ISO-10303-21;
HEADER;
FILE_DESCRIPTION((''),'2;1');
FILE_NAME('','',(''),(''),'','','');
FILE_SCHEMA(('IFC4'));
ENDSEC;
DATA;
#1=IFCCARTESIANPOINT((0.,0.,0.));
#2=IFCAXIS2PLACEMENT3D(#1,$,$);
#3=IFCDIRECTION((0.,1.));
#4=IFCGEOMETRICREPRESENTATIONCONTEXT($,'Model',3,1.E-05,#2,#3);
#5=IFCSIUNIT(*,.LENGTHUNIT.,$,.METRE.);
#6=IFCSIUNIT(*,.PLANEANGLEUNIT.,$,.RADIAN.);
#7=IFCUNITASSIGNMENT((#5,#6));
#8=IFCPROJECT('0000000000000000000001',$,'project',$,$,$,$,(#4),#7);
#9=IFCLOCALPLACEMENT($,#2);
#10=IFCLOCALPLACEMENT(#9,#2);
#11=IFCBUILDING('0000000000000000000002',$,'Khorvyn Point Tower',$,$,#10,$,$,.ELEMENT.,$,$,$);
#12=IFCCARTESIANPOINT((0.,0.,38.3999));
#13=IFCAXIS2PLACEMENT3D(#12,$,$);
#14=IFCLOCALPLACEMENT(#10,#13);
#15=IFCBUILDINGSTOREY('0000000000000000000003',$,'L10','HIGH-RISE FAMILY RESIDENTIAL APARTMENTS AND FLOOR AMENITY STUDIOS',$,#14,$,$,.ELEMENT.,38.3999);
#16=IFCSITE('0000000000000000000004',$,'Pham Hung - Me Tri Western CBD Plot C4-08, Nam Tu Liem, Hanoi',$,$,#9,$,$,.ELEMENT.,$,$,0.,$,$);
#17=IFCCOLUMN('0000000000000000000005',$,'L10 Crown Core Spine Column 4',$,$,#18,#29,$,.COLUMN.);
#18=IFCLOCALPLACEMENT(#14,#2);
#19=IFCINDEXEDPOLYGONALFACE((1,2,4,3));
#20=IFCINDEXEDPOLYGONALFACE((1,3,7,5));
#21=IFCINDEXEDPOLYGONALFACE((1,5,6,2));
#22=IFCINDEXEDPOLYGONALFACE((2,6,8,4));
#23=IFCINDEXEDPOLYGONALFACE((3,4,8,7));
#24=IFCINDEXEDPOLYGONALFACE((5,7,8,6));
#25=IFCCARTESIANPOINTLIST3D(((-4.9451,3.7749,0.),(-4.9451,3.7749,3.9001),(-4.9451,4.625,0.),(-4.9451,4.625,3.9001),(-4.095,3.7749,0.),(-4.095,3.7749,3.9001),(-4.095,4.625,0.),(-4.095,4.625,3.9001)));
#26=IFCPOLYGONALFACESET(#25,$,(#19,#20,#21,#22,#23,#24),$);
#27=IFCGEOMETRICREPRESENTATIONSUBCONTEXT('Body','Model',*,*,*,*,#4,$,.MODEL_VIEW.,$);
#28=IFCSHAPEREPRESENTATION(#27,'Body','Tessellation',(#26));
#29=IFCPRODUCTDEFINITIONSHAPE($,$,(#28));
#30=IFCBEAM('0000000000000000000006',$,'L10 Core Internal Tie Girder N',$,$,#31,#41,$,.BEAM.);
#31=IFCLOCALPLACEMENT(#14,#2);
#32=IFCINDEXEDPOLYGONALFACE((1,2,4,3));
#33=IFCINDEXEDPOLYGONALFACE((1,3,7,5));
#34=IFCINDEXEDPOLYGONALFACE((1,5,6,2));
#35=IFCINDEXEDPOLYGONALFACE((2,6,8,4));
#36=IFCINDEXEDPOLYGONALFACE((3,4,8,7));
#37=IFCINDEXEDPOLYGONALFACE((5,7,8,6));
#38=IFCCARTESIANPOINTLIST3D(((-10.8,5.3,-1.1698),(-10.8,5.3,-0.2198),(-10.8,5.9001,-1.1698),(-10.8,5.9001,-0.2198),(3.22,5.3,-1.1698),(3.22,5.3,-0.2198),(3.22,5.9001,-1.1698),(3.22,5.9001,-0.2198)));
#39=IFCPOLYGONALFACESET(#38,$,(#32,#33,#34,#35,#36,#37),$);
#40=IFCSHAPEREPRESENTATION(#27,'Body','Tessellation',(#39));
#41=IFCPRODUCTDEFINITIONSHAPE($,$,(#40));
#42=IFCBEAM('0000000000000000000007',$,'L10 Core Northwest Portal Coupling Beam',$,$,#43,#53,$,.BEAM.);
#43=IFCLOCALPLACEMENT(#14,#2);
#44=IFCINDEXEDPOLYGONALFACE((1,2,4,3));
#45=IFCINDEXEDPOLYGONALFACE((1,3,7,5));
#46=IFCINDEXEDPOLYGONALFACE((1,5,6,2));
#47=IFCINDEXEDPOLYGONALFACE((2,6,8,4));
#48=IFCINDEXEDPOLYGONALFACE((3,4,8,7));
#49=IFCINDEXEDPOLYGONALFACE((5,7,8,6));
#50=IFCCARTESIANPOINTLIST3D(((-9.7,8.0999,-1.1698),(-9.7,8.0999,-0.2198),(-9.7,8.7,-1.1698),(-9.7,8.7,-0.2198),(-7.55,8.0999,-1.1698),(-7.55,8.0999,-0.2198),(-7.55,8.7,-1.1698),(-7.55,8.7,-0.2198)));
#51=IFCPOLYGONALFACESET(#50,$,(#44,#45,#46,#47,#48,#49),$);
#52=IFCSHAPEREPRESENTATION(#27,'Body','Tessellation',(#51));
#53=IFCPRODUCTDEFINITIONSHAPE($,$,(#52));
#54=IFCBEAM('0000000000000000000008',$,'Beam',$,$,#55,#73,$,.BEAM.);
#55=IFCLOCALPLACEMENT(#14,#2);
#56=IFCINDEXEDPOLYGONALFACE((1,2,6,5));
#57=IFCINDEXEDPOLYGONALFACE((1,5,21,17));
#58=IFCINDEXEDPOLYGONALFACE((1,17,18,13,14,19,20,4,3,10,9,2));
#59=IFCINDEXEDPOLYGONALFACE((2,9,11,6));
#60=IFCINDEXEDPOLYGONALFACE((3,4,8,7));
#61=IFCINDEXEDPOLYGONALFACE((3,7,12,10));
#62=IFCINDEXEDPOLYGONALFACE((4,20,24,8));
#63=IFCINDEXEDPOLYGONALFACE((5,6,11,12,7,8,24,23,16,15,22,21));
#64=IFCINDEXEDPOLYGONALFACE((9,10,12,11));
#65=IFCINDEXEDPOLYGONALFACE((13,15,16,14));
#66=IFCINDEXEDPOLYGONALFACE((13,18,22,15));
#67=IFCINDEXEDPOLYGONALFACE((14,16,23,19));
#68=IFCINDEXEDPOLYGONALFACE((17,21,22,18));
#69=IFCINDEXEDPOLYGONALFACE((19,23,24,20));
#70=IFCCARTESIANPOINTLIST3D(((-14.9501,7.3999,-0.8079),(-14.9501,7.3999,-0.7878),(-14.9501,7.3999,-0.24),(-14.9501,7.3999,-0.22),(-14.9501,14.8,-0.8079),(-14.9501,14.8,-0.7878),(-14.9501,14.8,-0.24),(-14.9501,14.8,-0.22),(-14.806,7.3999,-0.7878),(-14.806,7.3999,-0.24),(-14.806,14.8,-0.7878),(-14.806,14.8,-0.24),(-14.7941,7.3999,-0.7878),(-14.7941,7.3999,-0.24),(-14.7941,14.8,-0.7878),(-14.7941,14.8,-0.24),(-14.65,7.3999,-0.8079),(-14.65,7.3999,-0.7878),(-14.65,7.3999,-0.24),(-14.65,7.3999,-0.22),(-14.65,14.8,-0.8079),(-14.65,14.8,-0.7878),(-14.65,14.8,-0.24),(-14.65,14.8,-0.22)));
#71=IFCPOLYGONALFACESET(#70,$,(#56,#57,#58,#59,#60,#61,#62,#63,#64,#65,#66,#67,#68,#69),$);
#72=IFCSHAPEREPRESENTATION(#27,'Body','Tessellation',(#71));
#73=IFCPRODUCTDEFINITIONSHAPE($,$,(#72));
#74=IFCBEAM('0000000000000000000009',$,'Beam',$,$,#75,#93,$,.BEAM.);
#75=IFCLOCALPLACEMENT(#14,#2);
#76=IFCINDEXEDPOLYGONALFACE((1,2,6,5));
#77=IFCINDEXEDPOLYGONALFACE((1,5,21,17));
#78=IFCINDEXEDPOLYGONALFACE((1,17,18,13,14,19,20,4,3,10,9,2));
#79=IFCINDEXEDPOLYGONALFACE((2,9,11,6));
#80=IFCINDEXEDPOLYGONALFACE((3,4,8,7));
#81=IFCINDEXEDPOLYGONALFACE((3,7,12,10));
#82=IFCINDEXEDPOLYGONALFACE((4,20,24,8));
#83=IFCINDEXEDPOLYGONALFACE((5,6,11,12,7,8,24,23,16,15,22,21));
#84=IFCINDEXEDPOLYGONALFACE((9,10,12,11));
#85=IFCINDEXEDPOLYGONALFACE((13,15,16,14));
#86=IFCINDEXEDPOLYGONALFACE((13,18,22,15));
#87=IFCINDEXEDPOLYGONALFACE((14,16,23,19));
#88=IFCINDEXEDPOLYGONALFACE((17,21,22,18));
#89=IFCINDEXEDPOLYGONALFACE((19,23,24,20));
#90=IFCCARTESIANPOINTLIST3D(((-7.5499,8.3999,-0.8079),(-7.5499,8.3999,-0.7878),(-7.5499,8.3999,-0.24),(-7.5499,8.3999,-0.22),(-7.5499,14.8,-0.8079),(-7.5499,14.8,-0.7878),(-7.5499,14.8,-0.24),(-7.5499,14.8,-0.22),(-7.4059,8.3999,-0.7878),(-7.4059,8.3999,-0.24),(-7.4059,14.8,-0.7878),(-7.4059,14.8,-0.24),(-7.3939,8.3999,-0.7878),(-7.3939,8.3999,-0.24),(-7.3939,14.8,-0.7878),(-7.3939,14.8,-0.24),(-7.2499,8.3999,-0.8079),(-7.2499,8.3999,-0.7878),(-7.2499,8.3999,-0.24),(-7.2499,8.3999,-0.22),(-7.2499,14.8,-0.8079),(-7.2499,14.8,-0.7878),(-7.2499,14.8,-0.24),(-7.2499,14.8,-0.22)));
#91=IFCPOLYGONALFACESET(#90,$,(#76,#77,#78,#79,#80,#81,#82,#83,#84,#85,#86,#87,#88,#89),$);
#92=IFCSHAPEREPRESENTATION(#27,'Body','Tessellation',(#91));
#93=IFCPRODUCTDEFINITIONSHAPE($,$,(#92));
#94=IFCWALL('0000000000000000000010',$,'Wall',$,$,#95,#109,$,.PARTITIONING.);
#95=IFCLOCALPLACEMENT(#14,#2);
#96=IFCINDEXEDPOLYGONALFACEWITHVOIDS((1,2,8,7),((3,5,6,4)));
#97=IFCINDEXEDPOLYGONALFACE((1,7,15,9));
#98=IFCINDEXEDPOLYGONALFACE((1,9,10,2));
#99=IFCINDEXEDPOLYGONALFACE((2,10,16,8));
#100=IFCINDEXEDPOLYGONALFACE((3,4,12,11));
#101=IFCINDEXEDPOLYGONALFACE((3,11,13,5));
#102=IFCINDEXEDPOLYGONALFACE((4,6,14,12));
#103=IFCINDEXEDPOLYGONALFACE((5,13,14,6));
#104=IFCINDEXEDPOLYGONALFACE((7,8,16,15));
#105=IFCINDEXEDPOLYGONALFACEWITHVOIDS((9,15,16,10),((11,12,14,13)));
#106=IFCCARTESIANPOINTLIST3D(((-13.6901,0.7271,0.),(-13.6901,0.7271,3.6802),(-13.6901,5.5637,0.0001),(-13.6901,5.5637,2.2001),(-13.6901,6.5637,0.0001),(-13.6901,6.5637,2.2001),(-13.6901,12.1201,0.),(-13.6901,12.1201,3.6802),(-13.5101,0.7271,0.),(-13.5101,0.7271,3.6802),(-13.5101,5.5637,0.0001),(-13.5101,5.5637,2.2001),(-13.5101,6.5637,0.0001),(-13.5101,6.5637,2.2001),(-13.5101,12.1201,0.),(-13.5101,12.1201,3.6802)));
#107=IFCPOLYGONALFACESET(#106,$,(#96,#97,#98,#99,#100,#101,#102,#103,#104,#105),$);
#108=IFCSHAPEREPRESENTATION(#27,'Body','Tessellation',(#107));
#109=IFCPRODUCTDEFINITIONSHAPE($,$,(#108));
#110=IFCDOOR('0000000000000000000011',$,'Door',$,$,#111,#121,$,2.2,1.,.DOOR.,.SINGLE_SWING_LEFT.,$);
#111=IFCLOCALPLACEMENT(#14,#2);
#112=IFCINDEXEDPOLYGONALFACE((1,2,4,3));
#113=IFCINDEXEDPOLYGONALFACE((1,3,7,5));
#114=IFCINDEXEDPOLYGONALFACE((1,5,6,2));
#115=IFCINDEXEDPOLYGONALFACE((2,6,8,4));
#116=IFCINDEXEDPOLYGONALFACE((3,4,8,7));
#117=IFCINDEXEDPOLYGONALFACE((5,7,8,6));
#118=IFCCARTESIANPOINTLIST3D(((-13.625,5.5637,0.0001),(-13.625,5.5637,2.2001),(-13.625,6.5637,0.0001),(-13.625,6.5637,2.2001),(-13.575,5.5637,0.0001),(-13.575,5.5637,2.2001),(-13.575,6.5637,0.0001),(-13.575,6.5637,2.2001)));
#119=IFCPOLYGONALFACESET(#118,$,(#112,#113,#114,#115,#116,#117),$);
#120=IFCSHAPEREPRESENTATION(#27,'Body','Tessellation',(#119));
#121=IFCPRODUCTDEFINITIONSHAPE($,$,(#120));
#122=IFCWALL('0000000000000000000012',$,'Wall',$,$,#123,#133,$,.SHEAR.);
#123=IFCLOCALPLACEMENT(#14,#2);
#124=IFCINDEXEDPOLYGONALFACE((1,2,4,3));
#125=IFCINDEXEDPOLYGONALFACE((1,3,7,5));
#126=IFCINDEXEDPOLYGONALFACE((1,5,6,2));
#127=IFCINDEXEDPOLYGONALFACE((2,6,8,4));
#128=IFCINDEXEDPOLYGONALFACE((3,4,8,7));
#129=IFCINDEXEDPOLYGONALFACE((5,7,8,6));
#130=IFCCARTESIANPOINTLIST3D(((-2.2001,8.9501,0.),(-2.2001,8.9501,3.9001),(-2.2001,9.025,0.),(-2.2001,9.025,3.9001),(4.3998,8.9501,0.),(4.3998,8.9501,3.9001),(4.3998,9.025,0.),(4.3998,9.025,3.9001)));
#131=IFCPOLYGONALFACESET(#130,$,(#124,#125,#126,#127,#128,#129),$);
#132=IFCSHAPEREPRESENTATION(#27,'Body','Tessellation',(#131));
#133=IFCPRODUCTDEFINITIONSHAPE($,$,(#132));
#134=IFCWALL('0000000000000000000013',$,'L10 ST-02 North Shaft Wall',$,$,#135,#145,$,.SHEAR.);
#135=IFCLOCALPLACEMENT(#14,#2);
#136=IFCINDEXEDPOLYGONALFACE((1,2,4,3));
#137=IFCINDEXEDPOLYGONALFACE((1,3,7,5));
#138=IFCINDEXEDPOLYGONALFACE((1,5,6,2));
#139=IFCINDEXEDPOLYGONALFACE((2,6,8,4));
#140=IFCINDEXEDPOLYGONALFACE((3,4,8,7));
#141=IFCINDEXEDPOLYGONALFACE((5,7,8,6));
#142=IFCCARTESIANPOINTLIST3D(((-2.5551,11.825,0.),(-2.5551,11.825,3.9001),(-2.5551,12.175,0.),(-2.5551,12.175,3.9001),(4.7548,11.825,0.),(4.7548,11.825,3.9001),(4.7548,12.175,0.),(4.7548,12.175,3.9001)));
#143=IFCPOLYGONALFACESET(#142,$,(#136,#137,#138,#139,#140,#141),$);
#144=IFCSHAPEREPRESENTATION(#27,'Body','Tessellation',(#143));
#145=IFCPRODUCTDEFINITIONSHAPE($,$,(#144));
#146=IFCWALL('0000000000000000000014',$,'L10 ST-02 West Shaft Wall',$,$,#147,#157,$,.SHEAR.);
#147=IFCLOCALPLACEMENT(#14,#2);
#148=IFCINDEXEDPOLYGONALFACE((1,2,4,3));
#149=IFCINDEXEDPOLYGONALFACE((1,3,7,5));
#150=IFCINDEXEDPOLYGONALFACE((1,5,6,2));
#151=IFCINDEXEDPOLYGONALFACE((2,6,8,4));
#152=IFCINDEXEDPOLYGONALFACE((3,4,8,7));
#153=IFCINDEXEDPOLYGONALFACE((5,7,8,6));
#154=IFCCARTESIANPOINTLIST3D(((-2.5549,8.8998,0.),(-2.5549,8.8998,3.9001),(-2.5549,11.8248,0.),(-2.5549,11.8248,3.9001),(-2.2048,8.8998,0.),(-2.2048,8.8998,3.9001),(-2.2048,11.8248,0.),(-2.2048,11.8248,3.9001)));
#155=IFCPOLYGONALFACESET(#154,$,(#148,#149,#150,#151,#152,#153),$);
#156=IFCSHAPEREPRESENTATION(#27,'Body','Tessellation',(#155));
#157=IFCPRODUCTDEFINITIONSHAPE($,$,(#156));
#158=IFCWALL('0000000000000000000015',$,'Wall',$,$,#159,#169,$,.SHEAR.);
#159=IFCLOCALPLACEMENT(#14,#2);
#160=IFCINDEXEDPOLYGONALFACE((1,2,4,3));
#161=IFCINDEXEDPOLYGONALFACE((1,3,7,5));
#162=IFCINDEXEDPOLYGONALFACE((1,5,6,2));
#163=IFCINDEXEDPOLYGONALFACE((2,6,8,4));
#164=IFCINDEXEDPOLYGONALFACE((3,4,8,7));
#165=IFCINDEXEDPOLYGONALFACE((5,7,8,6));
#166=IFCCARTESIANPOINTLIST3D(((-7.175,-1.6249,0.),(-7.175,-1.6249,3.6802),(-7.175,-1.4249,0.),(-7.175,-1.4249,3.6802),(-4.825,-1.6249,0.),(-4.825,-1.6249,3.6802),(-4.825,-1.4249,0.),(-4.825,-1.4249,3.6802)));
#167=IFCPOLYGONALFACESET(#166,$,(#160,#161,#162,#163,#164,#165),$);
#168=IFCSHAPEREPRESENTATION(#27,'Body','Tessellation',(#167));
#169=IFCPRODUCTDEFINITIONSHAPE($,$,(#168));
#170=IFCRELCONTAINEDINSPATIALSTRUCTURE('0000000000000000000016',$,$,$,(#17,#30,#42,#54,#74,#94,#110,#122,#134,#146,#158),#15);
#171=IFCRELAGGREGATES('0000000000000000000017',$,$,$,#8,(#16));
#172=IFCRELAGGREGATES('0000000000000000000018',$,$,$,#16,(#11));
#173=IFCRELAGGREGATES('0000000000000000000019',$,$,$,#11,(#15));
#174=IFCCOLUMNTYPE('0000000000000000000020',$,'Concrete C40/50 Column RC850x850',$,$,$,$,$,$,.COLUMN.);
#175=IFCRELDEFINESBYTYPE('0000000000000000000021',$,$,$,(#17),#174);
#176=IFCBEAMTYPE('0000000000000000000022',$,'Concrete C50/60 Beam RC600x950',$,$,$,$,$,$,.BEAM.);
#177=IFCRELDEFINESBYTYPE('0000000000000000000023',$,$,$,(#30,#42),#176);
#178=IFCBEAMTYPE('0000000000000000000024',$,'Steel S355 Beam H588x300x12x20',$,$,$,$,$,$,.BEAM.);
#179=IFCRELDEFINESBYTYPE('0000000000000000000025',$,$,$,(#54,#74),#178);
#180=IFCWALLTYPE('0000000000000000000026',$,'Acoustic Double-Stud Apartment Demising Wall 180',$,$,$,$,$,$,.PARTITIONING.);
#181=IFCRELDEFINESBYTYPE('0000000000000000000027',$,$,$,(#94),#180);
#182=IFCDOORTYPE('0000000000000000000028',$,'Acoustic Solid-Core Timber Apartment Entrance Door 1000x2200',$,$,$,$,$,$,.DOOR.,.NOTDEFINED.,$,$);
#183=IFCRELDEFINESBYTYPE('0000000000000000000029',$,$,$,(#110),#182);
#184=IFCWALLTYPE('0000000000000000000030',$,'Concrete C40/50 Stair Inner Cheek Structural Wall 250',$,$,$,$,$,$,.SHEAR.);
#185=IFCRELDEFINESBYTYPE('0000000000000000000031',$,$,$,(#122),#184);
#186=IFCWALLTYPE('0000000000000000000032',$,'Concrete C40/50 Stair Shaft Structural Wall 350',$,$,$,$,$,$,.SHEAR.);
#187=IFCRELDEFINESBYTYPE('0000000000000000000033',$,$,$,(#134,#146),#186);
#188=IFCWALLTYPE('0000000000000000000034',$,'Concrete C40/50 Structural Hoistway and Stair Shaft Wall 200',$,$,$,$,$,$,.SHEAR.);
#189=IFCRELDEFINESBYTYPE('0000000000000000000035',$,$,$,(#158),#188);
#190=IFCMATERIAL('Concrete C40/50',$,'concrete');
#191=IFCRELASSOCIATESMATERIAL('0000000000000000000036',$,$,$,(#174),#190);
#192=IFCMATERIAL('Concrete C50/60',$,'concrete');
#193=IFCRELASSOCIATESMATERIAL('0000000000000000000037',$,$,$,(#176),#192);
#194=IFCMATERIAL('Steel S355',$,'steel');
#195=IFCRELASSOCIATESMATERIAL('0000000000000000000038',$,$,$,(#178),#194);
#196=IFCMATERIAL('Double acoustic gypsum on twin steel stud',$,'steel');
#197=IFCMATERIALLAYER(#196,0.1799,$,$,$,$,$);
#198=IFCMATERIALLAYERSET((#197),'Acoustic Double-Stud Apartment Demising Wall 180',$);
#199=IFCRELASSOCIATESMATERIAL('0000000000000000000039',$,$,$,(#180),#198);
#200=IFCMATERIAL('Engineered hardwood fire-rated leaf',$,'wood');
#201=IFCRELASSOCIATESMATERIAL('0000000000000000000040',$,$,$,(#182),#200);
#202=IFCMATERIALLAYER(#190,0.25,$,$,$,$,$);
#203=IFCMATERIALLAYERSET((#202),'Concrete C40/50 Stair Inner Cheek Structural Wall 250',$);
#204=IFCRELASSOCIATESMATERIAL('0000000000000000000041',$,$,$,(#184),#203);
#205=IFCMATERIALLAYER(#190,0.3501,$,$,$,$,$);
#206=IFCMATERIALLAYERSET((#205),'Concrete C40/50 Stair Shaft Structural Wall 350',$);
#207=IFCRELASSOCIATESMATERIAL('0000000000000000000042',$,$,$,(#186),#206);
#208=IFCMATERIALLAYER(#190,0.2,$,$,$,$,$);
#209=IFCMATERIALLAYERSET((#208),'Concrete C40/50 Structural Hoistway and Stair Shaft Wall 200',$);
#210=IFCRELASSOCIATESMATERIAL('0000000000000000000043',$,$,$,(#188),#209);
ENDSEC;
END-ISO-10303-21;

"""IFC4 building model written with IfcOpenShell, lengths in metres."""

from ifc_helpers import new_model, si_unit, direction, frame, frame_2d, origin, origin_2d, place, context, subcontext, project, spatial, rectangle, i_section, extrude, material, layer, layer_set, material_profile, profile_set, type_object, element, fill, save


model = new_model("IFC4")

# Units and contexts
model_context = context("Model", 3, precision=1e-05, world=origin(), true_north=direction((0.0, 1.0)))
body_context = subcontext(model_context, "Body", "Model", "MODEL_VIEW")
ifc_project = project(units=[si_unit("LENGTHUNIT", "METRE"), si_unit("PLANEANGLEUNIT", "RADIAN")], contexts=[model_context])

# Site, building, storey
site_placement = place(None, origin())
site = spatial("IfcSite", under=ifc_project, at=site_placement, Name="Pham Hung - Me Tri Western CBD Plot C4-08, Nam Tu Liem, Hanoi", CompositionType="ELEMENT", RefElevation=0.0)
building_placement = place(site_placement, origin())
building = spatial("IfcBuilding", under=site, at=building_placement, Name="Khorvyn Point Tower", CompositionType="ELEMENT")
storey_placement = place(building_placement, frame((0.0, 0.0, 38.3999)))
storey = spatial("IfcBuildingStorey", under=building, at=storey_placement, Name="L10", Description="HIGH-RISE FAMILY RESIDENTIAL APARTMENTS AND FLOOR AMENITY STUDIOS", CompositionType="ELEMENT", Elevation=38.3999)

# Column
ifc_material_1 = material(Name="Concrete C40/50", Category="concrete")
ifc_material_profile_1 = material_profile(ifc_material_1, rectangle(XDim=0.8501, YDim=0.8501, at=origin_2d()))
ifc_profile_set_1 = profile_set([ifc_material_profile_1], Name="Concrete C40/50 RC850x850")
column_type = type_object("IfcColumnType", Name="Concrete C40/50 Column RC850x850", PredefinedType="COLUMN", material=ifc_profile_set_1)
column_placement = place(storey_placement, frame((-4.52, 4.2, 0.0), z_axis=(0.0, 0.0, 1.0), x_axis=(1.0, 0.0, 0.0)))
element("IfcColumn", 1, at=column_placement, inside=storey, type_object=column_type, Name="L10 Crown Core Spine Column 4", PredefinedType="COLUMN", context=body_context, shape_type="SweptSolid", body=[
    extrude(rectangle(XDim=0.8501, YDim=0.8501, at=origin_2d()), origin(), (0.0, 0.0, 1.0), 3.9001),
])

# Beams
ifc_material_2 = material(Name="Concrete C50/60", Category="concrete")
ifc_material_profile_2 = material_profile(ifc_material_2, rectangle(XDim=0.6001, YDim=0.95, at=origin_2d()))
ifc_profile_set_2 = profile_set([ifc_material_profile_2], Name="Concrete C50/60 RC600x950")
beam_type_1 = type_object("IfcBeamType", Name="Concrete C50/60 Beam RC600x950", PredefinedType="BEAM", material=ifc_profile_set_2)
beam_1_placement = place(storey_placement, frame((-10.8, 5.6001, -0.6948), z_axis=(1.0, 0.0, 0.0), x_axis=(0.0, 1.0, 0.0)))
element("IfcBeam", 2, at=beam_1_placement, inside=storey, type_object=beam_type_1, Name="L10 Core Internal Tie Girder N", PredefinedType="BEAM", context=body_context, shape_type="SweptSolid", body=[
    extrude(rectangle(XDim=0.6001, YDim=0.95, at=origin_2d()), origin(), (0.0, 0.0, 1.0), 14.02),
])
beam_2_placement = place(storey_placement, frame((-9.7, 8.3999, -0.6948), z_axis=(1.0, 0.0, 0.0), x_axis=(0.0, 1.0, 0.0)))
element("IfcBeam", 3, at=beam_2_placement, inside=storey, type_object=beam_type_1, Name="L10 Core Northwest Portal Coupling Beam", PredefinedType="BEAM", context=body_context, shape_type="SweptSolid", body=[
    extrude(rectangle(XDim=0.6001, YDim=0.95, at=origin_2d()), origin(), (0.0, 0.0, 1.0), 2.1499),
])
ifc_material_3 = material(Name="Steel S355", Category="steel")
ifc_material_profile_3 = material_profile(ifc_material_3, i_section(OverallWidth=0.3, OverallDepth=0.5879, WebThickness=0.012, FlangeThickness=0.02, at=origin_2d()))
ifc_profile_set_3 = profile_set([ifc_material_profile_3], Name="Steel S355 H588x300x12x20")
beam_type_2 = type_object("IfcBeamType", Name="Steel S355 Beam H588x300x12x20", PredefinedType="BEAM", material=ifc_profile_set_3)
beam_3_placement = place(storey_placement, frame((-14.8, 7.3999, -0.5139), z_axis=(0.0, 1.0, 0.0), x_axis=(-1.0, 0.0, 0.0)))
element("IfcBeam", 4, at=beam_3_placement, inside=storey, type_object=beam_type_2, Name="Beam", PredefinedType="BEAM", context=body_context, shape_type="SweptSolid", body=[
    extrude(i_section(OverallWidth=0.3, OverallDepth=0.5879, WebThickness=0.012, FlangeThickness=0.02, at=origin_2d()), origin(), (0.0, 0.0, 1.0), 7.4001),
])
beam_4_placement = place(storey_placement, frame((-7.3999, 8.3999, -0.5139), z_axis=(0.0, 1.0, 0.0), x_axis=(-1.0, 0.0, 0.0)))
element("IfcBeam", 5, at=beam_4_placement, inside=storey, type_object=beam_type_2, Name="Beam", PredefinedType="BEAM", context=body_context, shape_type="SweptSolid", body=[
    extrude(i_section(OverallWidth=0.3, OverallDepth=0.5879, WebThickness=0.012, FlangeThickness=0.02, at=origin_2d()), origin(), (0.0, 0.0, 1.0), 6.4001),
])

# Wall, opening, door
ifc_material_4 = material(Name="Double acoustic gypsum on twin steel stud", Category="steel")
ifc_layer_1 = layer(ifc_material_4, 0.1799)
ifc_layer_set_1 = layer_set([ifc_layer_1], Name="Acoustic Double-Stud Apartment Demising Wall 180")
wall_type_1 = type_object("IfcWallType", Name="Acoustic Double-Stud Apartment Demising Wall 180", PredefinedType="PARTITIONING", material=ifc_layer_set_1)
wall_1_placement = place(storey_placement, frame((-13.6001, 0.7271, 0.0), z_axis=(0.0, 0.0, 1.0), x_axis=(0.0, 1.0, 0.0)))
wall_1 = element("IfcWall", 6, at=wall_1_placement, inside=storey, type_object=wall_type_1, Name="Wall", PredefinedType="PARTITIONING", context=body_context, shape_type="SweptSolid", body=[
    extrude(rectangle(XDim=11.3931, YDim=0.1799, at=frame_2d((5.6965, 0.0))), origin(), (0.0, 0.0, 1.0), 3.6802),
])
opening_1_placement = place(wall_1_placement, frame((4.8367, 0.0, 0.0)))
opening_1 = element("IfcOpeningElement", 7, at=opening_1_placement, cuts=wall_1, PredefinedType="OPENING", context=body_context, shape_type="SweptSolid", body=[
    extrude(rectangle(XDim=1.0, YDim=2.2, at=frame_2d((0.5, 1.1001))), frame((0.0, 0.0999, 0.0), z_axis=(0.0, -1.0, 0.0), x_axis=(1.0, 0.0, 0.0)), (0.0, 0.0, 1.0), 0.2),
])
ifc_material_5 = material(Name="Engineered hardwood fire-rated leaf", Category="wood")
door_type_1 = type_object("IfcDoorType", Name="Acoustic Solid-Core Timber Apartment Entrance Door 1000x2200", OperationType="NOTDEFINED", PredefinedType="DOOR", material=ifc_material_5)
door_1_placement = place(opening_1_placement, origin())
door_1 = element("IfcDoor", 8, at=door_1_placement, inside=storey, type_object=door_type_1, Name="Door", OperationType="SINGLE_SWING_LEFT", OverallHeight=2.2, OverallWidth=1.0, PredefinedType="DOOR", context=body_context, shape_type="SweptSolid", body=[
    extrude(rectangle(XDim=1.0, YDim=2.2, at=frame_2d((0.5, 1.1001))), frame((0.0, 0.0249, 0.0), z_axis=(0.0, -1.0, 0.0), x_axis=(1.0, 0.0, 0.0)), (0.0, 0.0, 1.0), 0.05),
])
fill(opening_1, door_1)

# Walls
ifc_layer_2 = layer(ifc_material_1, 0.25)
ifc_layer_set_2 = layer_set([ifc_layer_2], Name="Concrete C40/50 Stair Inner Cheek Structural Wall 250")
wall_type_2 = type_object("IfcWallType", Name="Concrete C40/50 Stair Inner Cheek Structural Wall 250", PredefinedType="SHEAR", material=ifc_layer_set_2)
wall_2_placement = place(storey_placement, frame((-2.2, 8.9875, 0.0), z_axis=(0.0, 0.0, 1.0), x_axis=(1.0, 0.0, 0.0)))
element("IfcWall", 9, at=wall_2_placement, inside=storey, type_object=wall_type_2, Name="Wall", PredefinedType="SHEAR", context=body_context, shape_type="SweptSolid", body=[
    extrude(rectangle(XDim=6.5999, YDim=0.075, at=frame_2d((3.2998, 0.0))), origin(), (0.0, 0.0, 1.0), 3.9001),
])
ifc_layer_3 = layer(ifc_material_1, 0.3501)
ifc_layer_set_3 = layer_set([ifc_layer_3], Name="Concrete C40/50 Stair Shaft Structural Wall 350")
wall_type_3 = type_object("IfcWallType", Name="Concrete C40/50 Stair Shaft Structural Wall 350", PredefinedType="SHEAR", material=ifc_layer_set_3)
wall_3_placement = place(storey_placement, frame((-2.5549, 12.0, 0.0), z_axis=(0.0, 0.0, 1.0), x_axis=(1.0, 0.0, 0.0)))
element("IfcWall", 10, at=wall_3_placement, inside=storey, type_object=wall_type_3, Name="L10 ST-02 North Shaft Wall", PredefinedType="SHEAR", context=body_context, shape_type="SweptSolid", body=[
    extrude(rectangle(XDim=7.3098, YDim=0.3501, at=frame_2d((3.6548, 0.0))), origin(), (0.0, 0.0, 1.0), 3.9001),
])
wall_4_placement = place(storey_placement, frame((-2.3799, 8.8999, 0.0), z_axis=(0.0, 0.0, 1.0), x_axis=(0.0, 1.0, 0.0)))
element("IfcWall", 11, at=wall_4_placement, inside=storey, type_object=wall_type_3, Name="L10 ST-02 West Shaft Wall", PredefinedType="SHEAR", context=body_context, shape_type="SweptSolid", body=[
    extrude(rectangle(XDim=2.925, YDim=0.3501, at=frame_2d((1.4624, 0.0))), origin(), (0.0, 0.0, 1.0), 3.9001),
])
ifc_layer_4 = layer(ifc_material_1, 0.2)
ifc_layer_set_4 = layer_set([ifc_layer_4], Name="Concrete C40/50 Structural Hoistway and Stair Shaft Wall 200")
wall_type_4 = type_object("IfcWallType", Name="Concrete C40/50 Structural Hoistway and Stair Shaft Wall 200", PredefinedType="SHEAR", material=ifc_layer_set_4)
wall_5_placement = place(storey_placement, frame((-7.175, -1.5249, 0.0), z_axis=(0.0, 0.0, 1.0), x_axis=(1.0, 0.0, 0.0)))
element("IfcWall", 12, at=wall_5_placement, inside=storey, type_object=wall_type_4, Name="Wall", PredefinedType="SHEAR", context=body_context, shape_type="SweptSolid", body=[
    extrude(rectangle(XDim=2.3501, YDim=0.2, at=frame_2d((1.175, 0.0))), origin(), (0.0, 0.0, 1.0), 3.6802),
])

save(model, "model.ifc")
